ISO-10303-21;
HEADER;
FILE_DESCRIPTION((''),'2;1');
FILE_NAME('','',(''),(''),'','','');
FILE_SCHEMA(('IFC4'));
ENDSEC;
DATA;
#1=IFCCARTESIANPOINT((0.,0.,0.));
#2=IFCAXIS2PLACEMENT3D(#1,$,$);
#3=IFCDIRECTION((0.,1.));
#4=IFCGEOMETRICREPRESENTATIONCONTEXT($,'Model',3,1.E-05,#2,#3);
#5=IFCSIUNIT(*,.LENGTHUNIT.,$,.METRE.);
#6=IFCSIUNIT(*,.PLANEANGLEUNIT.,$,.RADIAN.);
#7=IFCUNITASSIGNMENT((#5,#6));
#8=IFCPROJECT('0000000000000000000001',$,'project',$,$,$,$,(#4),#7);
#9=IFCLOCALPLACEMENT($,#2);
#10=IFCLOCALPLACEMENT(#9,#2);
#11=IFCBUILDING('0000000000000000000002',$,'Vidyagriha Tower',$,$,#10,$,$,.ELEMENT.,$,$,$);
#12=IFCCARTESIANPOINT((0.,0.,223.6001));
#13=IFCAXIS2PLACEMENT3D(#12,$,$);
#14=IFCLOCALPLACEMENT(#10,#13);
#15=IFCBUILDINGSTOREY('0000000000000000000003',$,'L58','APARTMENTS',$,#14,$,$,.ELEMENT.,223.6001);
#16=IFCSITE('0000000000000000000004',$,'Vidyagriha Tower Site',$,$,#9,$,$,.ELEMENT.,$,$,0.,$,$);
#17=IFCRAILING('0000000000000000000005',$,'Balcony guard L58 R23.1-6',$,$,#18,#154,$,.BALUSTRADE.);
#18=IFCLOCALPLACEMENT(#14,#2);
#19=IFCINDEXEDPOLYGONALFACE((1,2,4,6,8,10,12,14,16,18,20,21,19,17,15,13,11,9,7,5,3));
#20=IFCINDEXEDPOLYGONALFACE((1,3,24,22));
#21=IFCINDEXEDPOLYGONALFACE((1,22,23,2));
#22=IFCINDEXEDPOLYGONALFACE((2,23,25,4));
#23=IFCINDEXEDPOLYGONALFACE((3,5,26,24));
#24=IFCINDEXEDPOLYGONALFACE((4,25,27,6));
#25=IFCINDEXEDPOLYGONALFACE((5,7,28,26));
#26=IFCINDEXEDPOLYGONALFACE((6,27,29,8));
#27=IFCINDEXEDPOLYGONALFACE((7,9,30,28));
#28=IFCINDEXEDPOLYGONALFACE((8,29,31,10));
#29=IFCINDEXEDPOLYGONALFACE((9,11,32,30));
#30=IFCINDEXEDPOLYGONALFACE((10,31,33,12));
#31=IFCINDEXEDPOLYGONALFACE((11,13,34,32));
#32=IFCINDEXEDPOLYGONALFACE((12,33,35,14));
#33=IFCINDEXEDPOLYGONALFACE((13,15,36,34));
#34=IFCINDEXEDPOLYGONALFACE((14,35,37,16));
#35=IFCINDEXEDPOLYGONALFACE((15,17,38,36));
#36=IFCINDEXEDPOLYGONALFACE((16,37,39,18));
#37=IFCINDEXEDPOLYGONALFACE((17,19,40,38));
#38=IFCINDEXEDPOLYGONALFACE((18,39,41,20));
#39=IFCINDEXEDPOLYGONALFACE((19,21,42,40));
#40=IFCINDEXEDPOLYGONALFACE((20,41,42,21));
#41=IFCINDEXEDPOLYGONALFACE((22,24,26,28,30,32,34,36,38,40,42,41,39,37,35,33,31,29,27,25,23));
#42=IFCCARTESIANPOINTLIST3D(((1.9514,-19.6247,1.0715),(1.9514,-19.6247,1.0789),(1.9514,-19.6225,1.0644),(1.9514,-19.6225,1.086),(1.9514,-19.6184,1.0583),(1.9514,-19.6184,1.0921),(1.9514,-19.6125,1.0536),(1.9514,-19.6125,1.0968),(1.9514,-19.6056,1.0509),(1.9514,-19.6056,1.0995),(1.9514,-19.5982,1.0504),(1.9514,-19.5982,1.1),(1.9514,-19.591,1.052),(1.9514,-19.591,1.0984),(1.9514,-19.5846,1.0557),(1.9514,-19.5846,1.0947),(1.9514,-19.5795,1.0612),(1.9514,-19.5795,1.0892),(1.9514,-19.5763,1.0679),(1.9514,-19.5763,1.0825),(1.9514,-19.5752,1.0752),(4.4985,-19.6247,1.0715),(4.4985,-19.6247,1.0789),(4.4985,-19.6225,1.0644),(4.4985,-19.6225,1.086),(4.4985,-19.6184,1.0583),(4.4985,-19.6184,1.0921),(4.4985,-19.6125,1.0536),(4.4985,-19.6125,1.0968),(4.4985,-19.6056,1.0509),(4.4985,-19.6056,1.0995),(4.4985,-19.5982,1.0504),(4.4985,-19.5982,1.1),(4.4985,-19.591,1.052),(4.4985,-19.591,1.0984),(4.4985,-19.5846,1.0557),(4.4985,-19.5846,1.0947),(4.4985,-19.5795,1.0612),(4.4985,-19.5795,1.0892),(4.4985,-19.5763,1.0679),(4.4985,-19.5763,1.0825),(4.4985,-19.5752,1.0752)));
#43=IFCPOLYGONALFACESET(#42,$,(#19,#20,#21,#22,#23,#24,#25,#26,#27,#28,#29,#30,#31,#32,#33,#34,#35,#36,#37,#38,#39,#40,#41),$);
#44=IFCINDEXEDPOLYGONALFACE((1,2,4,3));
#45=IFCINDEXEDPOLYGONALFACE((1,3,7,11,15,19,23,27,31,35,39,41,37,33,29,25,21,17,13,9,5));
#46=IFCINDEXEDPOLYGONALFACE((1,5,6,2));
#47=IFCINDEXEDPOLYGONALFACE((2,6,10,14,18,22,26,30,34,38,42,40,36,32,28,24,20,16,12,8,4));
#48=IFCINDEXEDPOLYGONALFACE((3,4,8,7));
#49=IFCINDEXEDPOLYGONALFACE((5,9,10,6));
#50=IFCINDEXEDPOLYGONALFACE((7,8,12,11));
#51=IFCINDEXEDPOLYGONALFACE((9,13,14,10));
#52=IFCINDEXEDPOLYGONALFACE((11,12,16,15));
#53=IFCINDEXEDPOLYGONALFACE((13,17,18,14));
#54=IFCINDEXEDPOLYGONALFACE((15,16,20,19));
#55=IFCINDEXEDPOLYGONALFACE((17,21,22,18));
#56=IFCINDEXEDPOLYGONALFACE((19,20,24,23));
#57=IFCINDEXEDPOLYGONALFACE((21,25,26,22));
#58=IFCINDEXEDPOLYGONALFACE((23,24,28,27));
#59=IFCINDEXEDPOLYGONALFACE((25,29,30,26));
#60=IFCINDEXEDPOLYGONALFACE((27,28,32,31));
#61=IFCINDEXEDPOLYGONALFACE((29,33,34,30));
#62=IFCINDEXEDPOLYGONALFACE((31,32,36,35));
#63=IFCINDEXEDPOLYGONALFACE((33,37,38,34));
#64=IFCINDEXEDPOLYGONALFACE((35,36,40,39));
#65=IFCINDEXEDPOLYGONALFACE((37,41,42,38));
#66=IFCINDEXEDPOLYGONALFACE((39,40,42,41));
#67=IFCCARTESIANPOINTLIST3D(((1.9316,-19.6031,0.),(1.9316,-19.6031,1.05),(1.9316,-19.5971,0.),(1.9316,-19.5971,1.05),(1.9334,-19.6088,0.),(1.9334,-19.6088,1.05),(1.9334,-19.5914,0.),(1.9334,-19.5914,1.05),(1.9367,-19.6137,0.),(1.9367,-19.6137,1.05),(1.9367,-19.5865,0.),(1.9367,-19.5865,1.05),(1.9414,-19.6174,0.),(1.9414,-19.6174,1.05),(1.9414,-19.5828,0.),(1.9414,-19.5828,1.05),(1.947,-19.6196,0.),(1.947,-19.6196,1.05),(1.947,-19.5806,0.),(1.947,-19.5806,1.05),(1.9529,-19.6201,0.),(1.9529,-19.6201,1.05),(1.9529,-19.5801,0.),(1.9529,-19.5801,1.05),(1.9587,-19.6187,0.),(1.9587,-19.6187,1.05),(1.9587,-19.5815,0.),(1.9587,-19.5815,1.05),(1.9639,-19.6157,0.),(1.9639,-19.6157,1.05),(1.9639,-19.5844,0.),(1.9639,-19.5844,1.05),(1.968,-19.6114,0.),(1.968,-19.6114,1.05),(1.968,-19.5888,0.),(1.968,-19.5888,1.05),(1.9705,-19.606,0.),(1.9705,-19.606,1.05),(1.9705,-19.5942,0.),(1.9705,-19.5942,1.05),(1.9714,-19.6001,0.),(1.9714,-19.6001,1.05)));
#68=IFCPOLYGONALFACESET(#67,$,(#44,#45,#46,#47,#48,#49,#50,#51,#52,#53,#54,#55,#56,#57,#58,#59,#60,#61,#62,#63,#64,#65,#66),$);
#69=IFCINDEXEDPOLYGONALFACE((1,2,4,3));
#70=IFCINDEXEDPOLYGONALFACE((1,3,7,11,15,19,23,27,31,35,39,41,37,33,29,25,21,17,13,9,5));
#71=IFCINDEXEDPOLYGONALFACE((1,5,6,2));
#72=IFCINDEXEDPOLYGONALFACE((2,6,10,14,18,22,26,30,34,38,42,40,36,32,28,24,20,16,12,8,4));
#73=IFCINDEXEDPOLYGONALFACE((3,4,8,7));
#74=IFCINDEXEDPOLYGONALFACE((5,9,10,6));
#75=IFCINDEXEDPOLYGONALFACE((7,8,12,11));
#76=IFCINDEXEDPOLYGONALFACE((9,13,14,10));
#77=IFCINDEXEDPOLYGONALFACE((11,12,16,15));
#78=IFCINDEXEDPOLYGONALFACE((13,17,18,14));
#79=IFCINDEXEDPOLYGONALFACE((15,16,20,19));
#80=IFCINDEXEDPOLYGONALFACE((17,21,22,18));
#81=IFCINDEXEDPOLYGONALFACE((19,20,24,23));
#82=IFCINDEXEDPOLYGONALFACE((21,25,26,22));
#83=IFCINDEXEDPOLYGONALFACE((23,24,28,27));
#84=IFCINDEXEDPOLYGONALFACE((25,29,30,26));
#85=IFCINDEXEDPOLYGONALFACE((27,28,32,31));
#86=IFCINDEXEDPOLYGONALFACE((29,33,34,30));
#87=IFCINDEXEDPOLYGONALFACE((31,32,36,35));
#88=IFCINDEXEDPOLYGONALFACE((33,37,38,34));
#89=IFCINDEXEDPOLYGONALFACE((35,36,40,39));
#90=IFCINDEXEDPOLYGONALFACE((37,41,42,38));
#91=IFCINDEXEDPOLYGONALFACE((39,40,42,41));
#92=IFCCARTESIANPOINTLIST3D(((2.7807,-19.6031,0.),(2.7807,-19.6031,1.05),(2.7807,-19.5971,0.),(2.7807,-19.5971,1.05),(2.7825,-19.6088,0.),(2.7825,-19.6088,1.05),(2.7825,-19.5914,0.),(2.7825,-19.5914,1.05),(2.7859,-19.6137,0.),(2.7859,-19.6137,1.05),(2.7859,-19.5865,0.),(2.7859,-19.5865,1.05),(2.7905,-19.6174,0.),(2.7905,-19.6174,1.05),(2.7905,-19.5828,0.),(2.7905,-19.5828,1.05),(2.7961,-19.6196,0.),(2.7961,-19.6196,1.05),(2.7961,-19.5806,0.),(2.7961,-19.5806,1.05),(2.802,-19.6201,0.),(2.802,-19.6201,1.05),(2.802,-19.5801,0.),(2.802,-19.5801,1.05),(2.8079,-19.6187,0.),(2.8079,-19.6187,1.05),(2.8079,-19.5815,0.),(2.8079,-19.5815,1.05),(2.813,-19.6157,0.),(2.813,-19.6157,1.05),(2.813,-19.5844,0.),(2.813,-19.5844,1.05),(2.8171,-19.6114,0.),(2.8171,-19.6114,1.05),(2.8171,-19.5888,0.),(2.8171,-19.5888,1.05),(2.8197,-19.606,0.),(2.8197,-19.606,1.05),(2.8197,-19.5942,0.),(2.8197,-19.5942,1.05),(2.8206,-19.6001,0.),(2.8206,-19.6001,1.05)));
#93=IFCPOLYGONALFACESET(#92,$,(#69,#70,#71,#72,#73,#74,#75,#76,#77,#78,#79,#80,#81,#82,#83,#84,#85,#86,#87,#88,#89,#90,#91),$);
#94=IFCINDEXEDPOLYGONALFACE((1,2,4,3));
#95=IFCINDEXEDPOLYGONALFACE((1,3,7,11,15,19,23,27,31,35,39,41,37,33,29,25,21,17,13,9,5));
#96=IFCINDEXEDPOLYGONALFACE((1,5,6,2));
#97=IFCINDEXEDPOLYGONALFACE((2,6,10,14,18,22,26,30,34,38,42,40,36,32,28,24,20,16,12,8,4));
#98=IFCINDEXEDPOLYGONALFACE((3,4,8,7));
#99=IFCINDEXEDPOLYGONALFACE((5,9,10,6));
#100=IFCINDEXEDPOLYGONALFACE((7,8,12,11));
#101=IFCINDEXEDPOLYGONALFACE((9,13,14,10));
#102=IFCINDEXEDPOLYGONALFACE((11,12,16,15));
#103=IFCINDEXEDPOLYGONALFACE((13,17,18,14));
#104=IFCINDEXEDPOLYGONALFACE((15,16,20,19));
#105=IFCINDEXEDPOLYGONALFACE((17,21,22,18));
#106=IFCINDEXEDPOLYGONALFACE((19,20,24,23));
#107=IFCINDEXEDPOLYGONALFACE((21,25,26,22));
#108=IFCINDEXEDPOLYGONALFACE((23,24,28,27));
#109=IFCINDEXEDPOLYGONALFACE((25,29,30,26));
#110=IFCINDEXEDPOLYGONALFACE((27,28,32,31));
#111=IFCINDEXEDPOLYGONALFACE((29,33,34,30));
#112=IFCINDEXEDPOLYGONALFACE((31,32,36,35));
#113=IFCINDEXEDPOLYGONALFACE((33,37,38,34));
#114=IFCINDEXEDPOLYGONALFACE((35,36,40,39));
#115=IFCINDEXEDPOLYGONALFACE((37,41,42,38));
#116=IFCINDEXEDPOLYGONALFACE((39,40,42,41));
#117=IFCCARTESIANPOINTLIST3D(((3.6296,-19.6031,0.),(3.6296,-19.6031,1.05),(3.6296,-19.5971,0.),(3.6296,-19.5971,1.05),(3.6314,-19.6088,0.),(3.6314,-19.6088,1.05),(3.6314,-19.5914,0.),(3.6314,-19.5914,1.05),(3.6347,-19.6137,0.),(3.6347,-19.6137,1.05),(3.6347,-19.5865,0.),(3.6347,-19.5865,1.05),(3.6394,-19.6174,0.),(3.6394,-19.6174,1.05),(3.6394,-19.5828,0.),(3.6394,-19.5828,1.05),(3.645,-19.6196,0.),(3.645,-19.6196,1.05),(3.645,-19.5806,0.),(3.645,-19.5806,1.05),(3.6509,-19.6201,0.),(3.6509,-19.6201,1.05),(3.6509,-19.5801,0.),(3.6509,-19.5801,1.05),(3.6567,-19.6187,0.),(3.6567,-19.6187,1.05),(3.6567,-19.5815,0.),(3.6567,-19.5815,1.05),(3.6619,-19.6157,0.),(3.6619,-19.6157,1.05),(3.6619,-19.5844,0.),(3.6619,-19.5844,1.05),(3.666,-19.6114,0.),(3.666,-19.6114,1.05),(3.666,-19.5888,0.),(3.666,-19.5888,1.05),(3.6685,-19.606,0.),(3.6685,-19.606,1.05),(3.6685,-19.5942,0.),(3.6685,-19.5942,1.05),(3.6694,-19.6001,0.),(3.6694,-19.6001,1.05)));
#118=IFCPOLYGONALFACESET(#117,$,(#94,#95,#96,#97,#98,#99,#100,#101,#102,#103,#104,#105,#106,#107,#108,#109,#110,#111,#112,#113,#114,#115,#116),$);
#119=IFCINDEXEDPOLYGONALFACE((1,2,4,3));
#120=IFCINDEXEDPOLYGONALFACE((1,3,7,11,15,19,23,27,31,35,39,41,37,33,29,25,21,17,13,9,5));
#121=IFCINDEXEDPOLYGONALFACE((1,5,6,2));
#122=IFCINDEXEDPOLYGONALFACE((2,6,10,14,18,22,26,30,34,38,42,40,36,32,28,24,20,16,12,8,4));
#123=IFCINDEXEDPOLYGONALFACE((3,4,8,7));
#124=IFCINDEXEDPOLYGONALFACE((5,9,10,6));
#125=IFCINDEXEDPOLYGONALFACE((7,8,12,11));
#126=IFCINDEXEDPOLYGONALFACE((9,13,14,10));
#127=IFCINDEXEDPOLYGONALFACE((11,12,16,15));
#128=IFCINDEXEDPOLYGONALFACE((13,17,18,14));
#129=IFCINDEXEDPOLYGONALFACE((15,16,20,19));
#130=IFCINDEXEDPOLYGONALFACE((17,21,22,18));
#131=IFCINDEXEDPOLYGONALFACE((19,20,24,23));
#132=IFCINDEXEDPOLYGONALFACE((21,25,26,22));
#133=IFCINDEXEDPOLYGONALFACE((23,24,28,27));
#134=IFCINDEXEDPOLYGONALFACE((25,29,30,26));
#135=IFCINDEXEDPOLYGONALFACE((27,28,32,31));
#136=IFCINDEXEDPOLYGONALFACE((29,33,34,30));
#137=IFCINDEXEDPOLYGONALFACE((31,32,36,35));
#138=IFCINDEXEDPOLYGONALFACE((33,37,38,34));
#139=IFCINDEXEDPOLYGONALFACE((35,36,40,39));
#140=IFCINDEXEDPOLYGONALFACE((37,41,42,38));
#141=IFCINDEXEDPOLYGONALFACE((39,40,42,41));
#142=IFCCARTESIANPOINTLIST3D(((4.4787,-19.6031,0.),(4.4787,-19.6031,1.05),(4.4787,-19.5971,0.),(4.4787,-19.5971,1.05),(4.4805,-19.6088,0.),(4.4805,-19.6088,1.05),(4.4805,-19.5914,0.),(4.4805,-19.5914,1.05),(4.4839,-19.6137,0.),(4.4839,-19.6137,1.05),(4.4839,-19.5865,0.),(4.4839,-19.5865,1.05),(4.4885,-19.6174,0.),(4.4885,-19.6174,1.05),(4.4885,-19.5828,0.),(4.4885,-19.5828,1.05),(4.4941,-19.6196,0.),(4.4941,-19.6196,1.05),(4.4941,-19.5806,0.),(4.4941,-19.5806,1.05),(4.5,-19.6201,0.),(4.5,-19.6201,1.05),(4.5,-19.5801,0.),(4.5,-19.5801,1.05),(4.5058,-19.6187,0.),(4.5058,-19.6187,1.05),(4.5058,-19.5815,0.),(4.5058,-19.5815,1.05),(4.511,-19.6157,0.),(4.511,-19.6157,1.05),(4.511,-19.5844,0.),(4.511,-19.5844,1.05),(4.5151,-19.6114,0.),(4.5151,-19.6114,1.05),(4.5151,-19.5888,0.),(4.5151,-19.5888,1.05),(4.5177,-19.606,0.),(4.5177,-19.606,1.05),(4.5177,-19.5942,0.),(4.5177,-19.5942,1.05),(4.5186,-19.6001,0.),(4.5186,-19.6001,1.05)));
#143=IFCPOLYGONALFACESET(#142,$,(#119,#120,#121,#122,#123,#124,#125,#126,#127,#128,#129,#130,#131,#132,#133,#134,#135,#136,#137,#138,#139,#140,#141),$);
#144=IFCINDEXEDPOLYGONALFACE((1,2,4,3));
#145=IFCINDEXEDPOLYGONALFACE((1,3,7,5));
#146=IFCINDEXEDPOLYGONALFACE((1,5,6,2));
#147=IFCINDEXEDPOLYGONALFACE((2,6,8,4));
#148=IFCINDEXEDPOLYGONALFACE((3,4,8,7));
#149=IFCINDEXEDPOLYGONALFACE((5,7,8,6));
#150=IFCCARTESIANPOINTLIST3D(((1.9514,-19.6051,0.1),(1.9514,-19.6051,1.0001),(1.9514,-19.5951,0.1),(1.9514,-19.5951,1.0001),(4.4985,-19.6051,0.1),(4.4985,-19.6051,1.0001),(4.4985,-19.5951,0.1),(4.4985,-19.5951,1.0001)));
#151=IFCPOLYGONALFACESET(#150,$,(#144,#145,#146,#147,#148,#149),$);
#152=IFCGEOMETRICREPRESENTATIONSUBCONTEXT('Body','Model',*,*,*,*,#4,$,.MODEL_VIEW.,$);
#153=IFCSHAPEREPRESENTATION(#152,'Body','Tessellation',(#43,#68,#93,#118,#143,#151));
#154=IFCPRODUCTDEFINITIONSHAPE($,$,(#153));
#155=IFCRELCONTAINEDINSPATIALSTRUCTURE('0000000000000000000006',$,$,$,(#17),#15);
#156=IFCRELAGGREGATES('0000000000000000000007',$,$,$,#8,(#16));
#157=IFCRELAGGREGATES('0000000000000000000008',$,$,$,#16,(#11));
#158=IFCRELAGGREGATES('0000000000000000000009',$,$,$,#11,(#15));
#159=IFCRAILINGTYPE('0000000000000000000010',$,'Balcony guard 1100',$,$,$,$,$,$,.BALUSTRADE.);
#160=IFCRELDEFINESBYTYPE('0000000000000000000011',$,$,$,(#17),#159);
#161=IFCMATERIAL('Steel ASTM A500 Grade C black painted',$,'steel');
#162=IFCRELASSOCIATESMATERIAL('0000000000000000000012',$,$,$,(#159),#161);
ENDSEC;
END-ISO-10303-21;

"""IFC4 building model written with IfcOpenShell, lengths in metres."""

from ifc_helpers import new_model, si_unit, direction, frame, origin, origin_2d, place, context, subcontext, project, spatial, rectangle, circle, extrude, material, type_object, element, save


model = new_model("IFC4")

# Units and contexts
model_context = context("Model", 3, precision=1e-05, world=origin(), true_north=direction((0.0, 1.0)))
body_context = subcontext(model_context, "Body", "Model", "MODEL_VIEW")
ifc_project = project(units=[si_unit("LENGTHUNIT", "METRE"), si_unit("PLANEANGLEUNIT", "RADIAN")], contexts=[model_context])

# Site, building, storey
site_placement = place(None, origin())
site = spatial("IfcSite", under=ifc_project, at=site_placement, Name="Vidyagriha Tower Site", CompositionType="ELEMENT", RefElevation=0.0)
building_placement = place(site_placement, origin())
building = spatial("IfcBuilding", under=site, at=building_placement, Name="Vidyagriha Tower", CompositionType="ELEMENT")
storey_placement = place(building_placement, frame((0.0, 0.0, 223.6001)))
storey = spatial("IfcBuildingStorey", under=building, at=storey_placement, Name="L58", Description="APARTMENTS", CompositionType="ELEMENT", Elevation=223.6001)

# Railing
ifc_material_1 = material(Name="Steel ASTM A500 Grade C black painted", Category="steel")
railing_type = type_object("IfcRailingType", Name="Balcony guard 1100", PredefinedType="BALUSTRADE", material=ifc_material_1)
railing_1_placement = place(storey_placement, frame((1.9514, -19.6001, 0.0)))
element("IfcRailing", 1, at=railing_1_placement, inside=storey, type_object=railing_type, Name="Balcony guard L58 R23.1-6", PredefinedType="BALUSTRADE", context=body_context, shape_type="SweptSolid", body=[
    extrude(circle(Radius=0.0249, at=origin_2d()), frame((0.0, 0.0, 1.0752), z_axis=(1.0, 0.0, 0.0), x_axis=(0.0, 1.0, 0.0)), (0.0, 0.0, 1.0), 2.5471),
    extrude(circle(Radius=0.02, at=origin_2d()), origin(), (0.0, 0.0, 1.0), 1.05),
    extrude(circle(Radius=0.02, at=origin_2d()), frame((0.8491, 0.0, 0.0)), (0.0, 0.0, 1.0), 1.05),
    extrude(circle(Radius=0.02, at=origin_2d()), frame((1.698, 0.0, 0.0)), (0.0, 0.0, 1.0), 1.05),
    extrude(circle(Radius=0.02, at=origin_2d()), frame((2.5471, 0.0, 0.0)), (0.0, 0.0, 1.0), 1.05),
    extrude(rectangle(XDim=0.01, YDim=0.9001, at=origin_2d()), frame((0.0, 0.0, 0.55), z_axis=(1.0, 0.0, 0.0), x_axis=(0.0, 1.0, 0.0)), (0.0, 0.0, 1.0), 2.5471),
])

save(model, "model.ifc")
